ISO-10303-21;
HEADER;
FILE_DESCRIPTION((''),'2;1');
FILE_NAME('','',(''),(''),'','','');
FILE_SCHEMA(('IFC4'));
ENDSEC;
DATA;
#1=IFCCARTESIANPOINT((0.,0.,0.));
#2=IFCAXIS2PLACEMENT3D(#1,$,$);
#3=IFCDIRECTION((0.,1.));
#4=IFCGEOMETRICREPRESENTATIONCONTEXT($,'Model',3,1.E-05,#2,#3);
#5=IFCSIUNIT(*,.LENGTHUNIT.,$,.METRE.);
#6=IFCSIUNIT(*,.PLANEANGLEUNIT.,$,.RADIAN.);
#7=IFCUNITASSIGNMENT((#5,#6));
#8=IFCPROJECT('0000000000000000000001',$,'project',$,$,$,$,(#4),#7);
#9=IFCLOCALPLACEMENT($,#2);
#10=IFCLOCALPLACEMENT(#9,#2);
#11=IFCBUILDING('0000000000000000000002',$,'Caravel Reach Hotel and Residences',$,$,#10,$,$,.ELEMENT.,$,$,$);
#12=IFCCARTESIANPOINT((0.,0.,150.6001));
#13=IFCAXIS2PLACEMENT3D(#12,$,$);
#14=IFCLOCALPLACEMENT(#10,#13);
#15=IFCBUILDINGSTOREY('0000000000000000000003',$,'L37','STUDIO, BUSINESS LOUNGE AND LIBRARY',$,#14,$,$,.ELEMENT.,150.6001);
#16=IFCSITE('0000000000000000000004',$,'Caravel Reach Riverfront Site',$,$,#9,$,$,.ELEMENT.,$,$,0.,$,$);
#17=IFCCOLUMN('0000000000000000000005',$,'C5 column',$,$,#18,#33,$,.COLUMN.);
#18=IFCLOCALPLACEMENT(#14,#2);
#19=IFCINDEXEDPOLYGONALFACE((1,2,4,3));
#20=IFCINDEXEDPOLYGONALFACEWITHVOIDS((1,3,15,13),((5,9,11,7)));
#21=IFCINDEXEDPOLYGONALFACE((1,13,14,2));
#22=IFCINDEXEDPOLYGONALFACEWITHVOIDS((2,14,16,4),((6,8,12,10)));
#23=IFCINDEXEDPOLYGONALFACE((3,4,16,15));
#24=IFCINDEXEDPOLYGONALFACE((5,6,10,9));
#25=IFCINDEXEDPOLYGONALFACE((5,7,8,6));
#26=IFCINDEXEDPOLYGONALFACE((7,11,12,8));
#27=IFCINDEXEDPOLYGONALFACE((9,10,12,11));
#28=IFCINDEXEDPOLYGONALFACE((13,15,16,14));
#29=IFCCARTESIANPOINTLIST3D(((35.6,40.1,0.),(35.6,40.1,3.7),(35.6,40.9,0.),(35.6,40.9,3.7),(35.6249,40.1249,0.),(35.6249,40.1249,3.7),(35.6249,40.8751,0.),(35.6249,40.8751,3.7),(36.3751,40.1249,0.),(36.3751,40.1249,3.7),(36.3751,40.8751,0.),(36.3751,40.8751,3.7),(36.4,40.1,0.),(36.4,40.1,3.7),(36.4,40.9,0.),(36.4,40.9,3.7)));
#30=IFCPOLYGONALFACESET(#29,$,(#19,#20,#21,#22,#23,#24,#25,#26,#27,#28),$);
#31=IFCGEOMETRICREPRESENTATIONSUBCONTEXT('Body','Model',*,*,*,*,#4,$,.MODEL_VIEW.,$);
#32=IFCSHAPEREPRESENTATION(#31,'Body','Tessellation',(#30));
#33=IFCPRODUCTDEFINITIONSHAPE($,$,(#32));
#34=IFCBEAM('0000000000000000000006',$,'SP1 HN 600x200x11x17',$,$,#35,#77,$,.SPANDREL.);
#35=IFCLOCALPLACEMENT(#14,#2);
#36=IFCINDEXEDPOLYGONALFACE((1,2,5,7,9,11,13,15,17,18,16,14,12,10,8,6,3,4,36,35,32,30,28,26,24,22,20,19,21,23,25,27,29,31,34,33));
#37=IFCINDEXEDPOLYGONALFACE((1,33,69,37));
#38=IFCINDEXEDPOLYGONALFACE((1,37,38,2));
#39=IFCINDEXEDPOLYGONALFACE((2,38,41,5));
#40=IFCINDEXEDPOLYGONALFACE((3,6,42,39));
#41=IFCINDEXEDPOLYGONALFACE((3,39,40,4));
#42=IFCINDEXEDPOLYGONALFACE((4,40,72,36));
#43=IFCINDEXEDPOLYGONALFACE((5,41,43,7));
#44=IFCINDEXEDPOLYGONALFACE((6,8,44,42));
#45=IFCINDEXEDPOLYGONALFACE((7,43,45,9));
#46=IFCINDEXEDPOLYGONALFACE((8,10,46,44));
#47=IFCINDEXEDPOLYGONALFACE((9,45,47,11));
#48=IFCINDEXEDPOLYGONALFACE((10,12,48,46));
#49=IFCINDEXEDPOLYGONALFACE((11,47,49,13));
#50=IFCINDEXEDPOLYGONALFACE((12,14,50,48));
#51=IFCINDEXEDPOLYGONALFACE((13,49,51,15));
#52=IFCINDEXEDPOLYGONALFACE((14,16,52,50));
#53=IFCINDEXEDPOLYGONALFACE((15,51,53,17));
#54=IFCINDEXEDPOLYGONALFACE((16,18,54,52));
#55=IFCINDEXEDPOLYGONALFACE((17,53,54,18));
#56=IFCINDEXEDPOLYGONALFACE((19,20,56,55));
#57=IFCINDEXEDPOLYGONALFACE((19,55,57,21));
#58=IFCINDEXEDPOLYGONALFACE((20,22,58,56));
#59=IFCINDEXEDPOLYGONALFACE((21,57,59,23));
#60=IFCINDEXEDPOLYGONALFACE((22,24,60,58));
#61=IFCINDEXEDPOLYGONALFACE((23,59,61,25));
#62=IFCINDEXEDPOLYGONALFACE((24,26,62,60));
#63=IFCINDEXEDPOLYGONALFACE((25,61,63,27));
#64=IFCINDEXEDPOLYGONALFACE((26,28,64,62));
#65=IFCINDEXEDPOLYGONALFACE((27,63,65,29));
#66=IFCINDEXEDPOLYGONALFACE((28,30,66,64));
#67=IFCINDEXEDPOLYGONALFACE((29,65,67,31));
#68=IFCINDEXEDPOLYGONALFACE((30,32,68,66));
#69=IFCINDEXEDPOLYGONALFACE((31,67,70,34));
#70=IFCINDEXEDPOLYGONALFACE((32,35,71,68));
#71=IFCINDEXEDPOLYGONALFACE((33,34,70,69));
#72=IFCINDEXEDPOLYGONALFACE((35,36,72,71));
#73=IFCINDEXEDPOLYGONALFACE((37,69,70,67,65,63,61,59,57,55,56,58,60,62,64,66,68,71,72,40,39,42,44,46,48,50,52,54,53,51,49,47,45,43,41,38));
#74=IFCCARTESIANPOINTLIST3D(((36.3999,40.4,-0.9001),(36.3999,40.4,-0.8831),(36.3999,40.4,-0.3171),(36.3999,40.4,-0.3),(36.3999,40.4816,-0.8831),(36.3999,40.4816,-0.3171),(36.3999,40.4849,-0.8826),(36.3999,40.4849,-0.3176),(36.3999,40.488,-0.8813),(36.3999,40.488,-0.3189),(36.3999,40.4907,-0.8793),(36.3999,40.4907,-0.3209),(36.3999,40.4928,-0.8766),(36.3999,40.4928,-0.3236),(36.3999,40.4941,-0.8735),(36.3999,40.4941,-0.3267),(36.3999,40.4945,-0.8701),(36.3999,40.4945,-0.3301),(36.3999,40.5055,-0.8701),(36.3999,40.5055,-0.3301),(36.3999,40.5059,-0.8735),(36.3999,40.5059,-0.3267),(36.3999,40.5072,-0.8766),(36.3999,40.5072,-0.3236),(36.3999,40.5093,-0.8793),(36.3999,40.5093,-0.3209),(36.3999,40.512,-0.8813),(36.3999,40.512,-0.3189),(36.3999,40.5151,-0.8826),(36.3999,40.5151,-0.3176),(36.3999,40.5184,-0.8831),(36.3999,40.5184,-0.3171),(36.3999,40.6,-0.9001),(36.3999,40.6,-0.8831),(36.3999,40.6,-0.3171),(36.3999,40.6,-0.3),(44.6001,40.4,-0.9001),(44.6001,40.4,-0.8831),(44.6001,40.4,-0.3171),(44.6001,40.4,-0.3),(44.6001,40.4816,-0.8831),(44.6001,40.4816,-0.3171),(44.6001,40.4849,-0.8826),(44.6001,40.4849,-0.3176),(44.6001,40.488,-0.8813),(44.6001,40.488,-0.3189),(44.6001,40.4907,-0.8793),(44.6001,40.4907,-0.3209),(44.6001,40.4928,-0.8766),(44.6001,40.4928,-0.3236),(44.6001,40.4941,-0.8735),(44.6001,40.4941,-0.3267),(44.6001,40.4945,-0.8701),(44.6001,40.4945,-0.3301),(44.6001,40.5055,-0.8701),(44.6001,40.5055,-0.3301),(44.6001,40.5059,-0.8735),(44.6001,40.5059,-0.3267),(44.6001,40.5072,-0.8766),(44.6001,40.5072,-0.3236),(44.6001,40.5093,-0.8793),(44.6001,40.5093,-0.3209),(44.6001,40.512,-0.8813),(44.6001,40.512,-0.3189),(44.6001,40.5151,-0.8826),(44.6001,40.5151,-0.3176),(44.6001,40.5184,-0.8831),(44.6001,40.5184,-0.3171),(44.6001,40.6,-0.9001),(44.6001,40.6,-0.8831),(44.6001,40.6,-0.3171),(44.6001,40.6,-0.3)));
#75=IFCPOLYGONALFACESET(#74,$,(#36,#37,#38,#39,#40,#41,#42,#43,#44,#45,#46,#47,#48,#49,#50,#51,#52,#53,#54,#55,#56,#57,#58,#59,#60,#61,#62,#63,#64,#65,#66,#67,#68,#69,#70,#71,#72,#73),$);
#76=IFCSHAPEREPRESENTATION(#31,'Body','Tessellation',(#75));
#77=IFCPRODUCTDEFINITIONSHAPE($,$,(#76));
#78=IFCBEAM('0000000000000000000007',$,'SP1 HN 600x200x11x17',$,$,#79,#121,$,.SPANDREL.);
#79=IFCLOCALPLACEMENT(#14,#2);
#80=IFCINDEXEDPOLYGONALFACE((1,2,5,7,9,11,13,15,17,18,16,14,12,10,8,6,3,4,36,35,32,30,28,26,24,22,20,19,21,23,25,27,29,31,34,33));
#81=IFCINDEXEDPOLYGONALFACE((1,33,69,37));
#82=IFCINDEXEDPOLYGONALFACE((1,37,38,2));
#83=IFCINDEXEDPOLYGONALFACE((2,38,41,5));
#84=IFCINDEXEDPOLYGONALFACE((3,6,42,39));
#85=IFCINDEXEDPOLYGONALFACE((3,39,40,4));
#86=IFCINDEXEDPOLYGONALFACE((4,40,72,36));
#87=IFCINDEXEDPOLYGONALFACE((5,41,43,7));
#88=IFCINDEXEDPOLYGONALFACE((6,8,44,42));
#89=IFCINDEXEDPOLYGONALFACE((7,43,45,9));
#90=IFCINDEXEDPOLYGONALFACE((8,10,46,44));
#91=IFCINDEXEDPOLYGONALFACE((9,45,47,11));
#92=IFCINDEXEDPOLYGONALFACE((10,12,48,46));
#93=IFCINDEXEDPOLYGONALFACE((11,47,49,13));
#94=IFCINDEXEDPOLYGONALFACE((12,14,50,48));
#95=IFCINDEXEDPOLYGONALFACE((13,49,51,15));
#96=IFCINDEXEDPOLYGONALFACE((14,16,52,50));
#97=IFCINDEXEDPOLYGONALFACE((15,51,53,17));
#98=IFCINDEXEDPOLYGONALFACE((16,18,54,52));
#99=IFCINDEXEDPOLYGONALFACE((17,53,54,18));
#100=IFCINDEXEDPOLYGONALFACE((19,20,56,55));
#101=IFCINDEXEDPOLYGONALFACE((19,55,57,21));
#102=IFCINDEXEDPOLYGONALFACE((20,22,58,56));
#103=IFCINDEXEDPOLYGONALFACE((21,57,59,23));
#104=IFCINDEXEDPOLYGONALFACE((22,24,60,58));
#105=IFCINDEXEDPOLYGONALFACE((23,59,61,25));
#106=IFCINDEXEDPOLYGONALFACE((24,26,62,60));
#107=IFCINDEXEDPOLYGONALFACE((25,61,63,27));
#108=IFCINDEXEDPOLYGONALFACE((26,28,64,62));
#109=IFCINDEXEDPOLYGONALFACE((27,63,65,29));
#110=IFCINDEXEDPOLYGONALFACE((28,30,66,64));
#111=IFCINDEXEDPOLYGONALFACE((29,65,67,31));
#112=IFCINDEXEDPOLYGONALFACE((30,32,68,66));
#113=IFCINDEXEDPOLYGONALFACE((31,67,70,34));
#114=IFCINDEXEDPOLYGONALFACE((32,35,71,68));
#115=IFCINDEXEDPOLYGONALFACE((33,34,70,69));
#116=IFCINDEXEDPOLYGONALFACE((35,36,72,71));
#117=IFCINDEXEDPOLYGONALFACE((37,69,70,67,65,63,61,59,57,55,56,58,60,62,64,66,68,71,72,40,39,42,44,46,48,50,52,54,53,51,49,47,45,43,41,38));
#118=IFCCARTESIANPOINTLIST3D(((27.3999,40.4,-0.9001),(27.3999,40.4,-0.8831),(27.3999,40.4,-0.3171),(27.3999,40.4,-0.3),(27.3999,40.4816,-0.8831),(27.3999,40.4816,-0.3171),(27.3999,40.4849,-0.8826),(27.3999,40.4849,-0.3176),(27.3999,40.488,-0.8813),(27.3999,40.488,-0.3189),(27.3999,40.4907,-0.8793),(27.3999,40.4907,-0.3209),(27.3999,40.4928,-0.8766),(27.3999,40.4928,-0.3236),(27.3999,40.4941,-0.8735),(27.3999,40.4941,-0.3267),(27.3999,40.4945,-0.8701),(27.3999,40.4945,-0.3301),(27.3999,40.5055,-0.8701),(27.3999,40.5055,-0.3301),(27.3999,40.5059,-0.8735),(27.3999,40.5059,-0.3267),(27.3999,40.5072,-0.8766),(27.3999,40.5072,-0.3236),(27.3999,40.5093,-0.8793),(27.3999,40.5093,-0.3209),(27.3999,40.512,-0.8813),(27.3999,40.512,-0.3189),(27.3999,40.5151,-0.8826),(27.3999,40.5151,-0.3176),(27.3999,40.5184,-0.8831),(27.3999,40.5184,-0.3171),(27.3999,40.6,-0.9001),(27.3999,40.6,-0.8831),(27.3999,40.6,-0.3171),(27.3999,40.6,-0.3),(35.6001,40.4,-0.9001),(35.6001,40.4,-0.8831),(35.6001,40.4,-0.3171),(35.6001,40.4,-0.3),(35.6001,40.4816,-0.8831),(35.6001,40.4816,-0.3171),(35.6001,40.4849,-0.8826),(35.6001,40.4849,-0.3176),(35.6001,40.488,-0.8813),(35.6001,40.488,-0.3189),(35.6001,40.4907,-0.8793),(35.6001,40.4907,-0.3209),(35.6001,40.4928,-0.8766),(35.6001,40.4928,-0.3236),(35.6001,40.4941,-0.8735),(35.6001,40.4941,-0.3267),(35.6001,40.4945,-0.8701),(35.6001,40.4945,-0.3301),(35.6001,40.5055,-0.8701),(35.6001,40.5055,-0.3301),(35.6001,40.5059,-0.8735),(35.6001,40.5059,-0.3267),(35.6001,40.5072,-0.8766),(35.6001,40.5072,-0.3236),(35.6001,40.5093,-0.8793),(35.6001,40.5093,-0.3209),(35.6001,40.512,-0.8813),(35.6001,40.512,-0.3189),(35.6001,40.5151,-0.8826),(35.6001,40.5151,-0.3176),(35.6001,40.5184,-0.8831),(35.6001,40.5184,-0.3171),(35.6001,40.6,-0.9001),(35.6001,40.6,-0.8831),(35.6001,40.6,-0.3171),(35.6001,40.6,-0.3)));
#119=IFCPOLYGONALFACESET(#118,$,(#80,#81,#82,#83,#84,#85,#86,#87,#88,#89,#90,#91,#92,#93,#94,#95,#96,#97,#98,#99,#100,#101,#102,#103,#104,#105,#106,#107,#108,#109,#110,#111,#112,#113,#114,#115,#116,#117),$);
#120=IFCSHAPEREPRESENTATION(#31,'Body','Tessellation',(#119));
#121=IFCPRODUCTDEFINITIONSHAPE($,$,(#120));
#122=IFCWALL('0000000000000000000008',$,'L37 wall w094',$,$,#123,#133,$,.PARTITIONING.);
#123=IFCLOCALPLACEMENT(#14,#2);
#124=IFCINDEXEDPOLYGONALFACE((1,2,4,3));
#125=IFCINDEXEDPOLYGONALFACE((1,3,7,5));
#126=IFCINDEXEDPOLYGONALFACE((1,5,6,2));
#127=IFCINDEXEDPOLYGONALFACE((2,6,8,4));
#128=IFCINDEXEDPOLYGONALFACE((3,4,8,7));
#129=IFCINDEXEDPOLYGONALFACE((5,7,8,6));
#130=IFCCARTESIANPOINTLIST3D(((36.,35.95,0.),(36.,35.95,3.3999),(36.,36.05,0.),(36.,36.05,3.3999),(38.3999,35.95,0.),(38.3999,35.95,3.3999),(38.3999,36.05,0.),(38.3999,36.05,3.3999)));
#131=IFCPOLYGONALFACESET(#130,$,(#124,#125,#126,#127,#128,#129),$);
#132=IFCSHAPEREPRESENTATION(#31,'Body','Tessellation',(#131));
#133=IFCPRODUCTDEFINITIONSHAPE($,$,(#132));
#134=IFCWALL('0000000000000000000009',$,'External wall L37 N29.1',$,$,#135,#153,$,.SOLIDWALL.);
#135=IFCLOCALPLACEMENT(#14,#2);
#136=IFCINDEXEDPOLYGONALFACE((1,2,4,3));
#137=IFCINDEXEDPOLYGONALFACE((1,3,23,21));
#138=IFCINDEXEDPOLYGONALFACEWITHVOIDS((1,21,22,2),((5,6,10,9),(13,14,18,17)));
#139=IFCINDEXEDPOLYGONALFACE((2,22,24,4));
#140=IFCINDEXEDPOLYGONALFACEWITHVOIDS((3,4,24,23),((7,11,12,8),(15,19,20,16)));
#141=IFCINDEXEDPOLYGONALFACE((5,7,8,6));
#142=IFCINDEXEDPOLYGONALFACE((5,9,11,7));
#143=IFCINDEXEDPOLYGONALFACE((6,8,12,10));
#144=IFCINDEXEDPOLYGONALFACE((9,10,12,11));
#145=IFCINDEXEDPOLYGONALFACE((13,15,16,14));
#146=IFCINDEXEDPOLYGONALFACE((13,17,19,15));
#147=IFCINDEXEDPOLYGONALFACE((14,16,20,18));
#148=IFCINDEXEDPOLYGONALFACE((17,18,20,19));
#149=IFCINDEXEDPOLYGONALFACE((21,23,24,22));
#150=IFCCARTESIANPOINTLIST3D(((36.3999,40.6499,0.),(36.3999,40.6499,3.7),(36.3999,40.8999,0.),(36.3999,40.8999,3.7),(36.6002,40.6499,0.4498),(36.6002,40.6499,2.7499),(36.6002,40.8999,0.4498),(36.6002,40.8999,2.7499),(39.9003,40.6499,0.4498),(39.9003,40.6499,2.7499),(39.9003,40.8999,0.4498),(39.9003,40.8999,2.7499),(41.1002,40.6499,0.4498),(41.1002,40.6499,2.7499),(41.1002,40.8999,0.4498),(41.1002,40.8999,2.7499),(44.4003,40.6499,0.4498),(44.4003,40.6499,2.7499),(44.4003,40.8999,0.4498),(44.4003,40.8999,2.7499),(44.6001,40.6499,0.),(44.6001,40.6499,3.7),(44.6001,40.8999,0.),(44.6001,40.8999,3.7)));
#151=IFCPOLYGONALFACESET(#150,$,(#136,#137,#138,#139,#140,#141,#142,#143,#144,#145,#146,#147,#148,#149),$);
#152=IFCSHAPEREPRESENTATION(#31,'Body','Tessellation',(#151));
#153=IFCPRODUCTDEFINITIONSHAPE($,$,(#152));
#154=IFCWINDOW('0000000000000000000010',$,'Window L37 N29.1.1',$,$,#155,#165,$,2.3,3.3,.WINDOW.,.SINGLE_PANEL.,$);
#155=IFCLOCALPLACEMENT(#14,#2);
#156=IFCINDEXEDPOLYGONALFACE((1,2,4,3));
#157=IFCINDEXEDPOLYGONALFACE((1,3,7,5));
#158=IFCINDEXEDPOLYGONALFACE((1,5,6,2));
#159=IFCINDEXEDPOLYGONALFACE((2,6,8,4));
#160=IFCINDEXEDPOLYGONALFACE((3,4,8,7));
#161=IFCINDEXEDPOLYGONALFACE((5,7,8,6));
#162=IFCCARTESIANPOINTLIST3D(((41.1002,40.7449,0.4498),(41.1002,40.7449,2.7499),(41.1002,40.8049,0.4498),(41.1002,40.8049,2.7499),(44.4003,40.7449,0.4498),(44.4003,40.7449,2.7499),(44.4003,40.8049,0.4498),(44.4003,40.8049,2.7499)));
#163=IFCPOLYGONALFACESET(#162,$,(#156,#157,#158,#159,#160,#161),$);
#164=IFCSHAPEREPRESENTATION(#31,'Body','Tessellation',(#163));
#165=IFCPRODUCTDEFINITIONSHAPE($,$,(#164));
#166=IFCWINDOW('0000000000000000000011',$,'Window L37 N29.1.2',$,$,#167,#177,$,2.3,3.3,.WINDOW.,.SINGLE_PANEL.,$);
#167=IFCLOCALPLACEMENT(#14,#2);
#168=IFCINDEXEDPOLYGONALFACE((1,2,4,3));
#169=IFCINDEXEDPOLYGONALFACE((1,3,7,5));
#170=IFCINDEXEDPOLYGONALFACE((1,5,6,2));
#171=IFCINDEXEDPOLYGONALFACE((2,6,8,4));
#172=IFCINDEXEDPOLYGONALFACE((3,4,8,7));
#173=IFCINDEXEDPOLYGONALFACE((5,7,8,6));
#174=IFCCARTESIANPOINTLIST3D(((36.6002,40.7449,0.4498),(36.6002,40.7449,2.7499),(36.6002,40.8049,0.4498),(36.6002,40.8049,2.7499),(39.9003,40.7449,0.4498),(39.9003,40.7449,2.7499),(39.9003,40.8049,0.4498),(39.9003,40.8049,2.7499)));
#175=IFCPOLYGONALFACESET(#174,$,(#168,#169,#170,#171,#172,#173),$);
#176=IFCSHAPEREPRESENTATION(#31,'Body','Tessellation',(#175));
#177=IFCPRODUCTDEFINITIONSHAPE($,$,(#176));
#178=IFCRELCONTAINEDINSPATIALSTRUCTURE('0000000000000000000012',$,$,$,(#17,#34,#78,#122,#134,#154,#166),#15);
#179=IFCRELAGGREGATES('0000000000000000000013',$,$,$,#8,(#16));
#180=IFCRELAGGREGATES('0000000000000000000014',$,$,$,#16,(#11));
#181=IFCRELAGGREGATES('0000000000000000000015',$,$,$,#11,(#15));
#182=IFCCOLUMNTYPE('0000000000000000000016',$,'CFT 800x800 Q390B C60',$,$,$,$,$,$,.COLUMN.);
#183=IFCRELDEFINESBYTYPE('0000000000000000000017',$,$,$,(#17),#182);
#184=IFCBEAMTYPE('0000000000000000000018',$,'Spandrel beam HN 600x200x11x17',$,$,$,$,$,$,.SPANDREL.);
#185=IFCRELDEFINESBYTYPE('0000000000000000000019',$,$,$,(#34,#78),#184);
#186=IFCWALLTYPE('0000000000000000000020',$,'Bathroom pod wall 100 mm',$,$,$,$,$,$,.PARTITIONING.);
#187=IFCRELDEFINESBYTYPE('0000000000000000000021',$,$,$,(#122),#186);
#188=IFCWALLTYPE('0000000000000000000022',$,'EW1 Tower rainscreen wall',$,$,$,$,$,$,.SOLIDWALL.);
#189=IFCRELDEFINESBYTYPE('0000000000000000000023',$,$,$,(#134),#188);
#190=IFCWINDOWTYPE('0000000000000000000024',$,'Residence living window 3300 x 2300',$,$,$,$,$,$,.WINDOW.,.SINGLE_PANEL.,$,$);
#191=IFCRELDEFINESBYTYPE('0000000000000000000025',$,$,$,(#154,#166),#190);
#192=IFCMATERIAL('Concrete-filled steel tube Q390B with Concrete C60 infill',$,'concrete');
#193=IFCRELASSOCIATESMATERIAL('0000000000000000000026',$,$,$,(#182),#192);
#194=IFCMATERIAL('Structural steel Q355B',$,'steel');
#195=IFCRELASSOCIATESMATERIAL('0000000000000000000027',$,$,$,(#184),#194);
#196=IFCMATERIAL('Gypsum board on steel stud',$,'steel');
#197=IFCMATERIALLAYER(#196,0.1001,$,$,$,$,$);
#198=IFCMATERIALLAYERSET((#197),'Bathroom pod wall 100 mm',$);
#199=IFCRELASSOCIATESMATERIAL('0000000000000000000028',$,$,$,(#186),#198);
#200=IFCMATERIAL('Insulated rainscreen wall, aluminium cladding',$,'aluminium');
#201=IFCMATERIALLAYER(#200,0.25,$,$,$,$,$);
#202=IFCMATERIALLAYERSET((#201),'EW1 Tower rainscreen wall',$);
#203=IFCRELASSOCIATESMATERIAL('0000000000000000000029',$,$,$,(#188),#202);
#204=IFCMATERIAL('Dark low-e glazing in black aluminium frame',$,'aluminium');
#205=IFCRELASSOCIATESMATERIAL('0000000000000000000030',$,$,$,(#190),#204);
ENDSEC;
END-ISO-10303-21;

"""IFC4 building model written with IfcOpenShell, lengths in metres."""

from ifc_helpers import new_model, si_unit, direction, frame, frame_2d, origin, origin_2d, place, context, subcontext, project, spatial, rectangle, hollow_rectangle, i_section, extrude, material, layer, layer_set, material_profile, profile_set, type_object, element, fill, save


model = new_model("IFC4")

# Units and contexts
model_context = context("Model", 3, precision=1e-05, world=origin(), true_north=direction((0.0, 1.0)))
body_context = subcontext(model_context, "Body", "Model", "MODEL_VIEW")
ifc_project = project(units=[si_unit("LENGTHUNIT", "METRE"), si_unit("PLANEANGLEUNIT", "RADIAN")], contexts=[model_context])

# Site, building, storey
site_placement = place(None, origin())
site = spatial("IfcSite", under=ifc_project, at=site_placement, Name="Caravel Reach Riverfront Site", CompositionType="ELEMENT", RefElevation=0.0)
building_placement = place(site_placement, origin())
building = spatial("IfcBuilding", under=site, at=building_placement, Name="Caravel Reach Hotel and Residences", CompositionType="ELEMENT")
storey_placement = place(building_placement, frame((0.0, 0.0, 150.6001)))
storey = spatial("IfcBuildingStorey", under=building, at=storey_placement, Name="L37", Description="STUDIO, BUSINESS LOUNGE AND LIBRARY", CompositionType="ELEMENT", Elevation=150.6001)

# Column
ifc_material_1 = material(Name="Concrete-filled steel tube Q390B with Concrete C60 infill", Category="concrete")
ifc_material_profile_1 = material_profile(ifc_material_1, hollow_rectangle(XDim=0.8, YDim=0.8, WallThickness=0.0249, at=origin_2d()), Name="RHS 800x800x25")
ifc_profile_set_1 = profile_set([ifc_material_profile_1], Name="Concrete-filled steel tube Q390B with Concrete C60 infill")
column_type = type_object("IfcColumnType", Name="CFT 800x800 Q390B C60", PredefinedType="COLUMN", material=ifc_profile_set_1)
column_placement = place(storey_placement, frame((36.0, 40.5, 0.0), z_axis=(0.0, 0.0, 1.0), x_axis=(1.0, 0.0, 0.0)))
element("IfcColumn", 1, at=column_placement, inside=storey, type_object=column_type, Name="C5 column", PredefinedType="COLUMN", context=body_context, shape_type="SweptSolid", body=[
    extrude(hollow_rectangle(XDim=0.8, YDim=0.8, WallThickness=0.0249, at=origin_2d()), origin(), (0.0, 0.0, 1.0), 3.7),
])

# Beams
ifc_material_2 = material(Name="Structural steel Q355B", Category="steel")
ifc_material_profile_2 = material_profile(ifc_material_2, i_section(OverallWidth=0.2, OverallDepth=0.6001, WebThickness=0.011, FlangeThickness=0.0171, FilletRadius=0.0129, at=origin_2d()), Name="HN 600x200x11x17")
ifc_profile_set_2 = profile_set([ifc_material_profile_2], Name="Structural steel Q355B")
beam_type = type_object("IfcBeamType", Name="Spandrel beam HN 600x200x11x17", PredefinedType="SPANDREL", material=ifc_profile_set_2)
for number, where, z_axis, x_axis, name in (
    (2, (44.6001, 40.5, -0.6001), (-1.0, 0.0, 0.0), (0.0, -1.0, 0.0), "SP1 HN 600x200x11x17"),
    (3, (35.6001, 40.5, -0.6001), (-1.0, 0.0, 0.0), (0.0, -1.0, 0.0), "SP1 HN 600x200x11x17"),
):
    element("IfcBeam", number, at=place(storey_placement, frame(where, z_axis=z_axis, x_axis=x_axis)), inside=storey, type_object=beam_type, Name=name, PredefinedType="SPANDREL", context=body_context, shape_type="SweptSolid", body=[
        extrude(i_section(OverallWidth=0.2, OverallDepth=0.6001, WebThickness=0.011, FlangeThickness=0.0171, FilletRadius=0.0129, at=origin_2d()), origin(), (0.0, 0.0, 1.0), 8.2002),
    ])

# Wall
ifc_material_3 = material(Name="Gypsum board on steel stud", Category="steel")
ifc_layer_1 = layer(ifc_material_3, 0.1001)
ifc_layer_set_1 = layer_set([ifc_layer_1], Name="Bathroom pod wall 100 mm")
wall_type_1 = type_object("IfcWallType", Name="Bathroom pod wall 100 mm", PredefinedType="PARTITIONING", material=ifc_layer_set_1)
wall_1_placement = place(storey_placement, frame((36.0, 36.0, 0.0), z_axis=(0.0, 0.0, 1.0), x_axis=(1.0, 0.0, 0.0)))
element("IfcWall", 4, at=wall_1_placement, inside=storey, type_object=wall_type_1, Name="L37 wall w094", PredefinedType="PARTITIONING", context=body_context, shape_type="SweptSolid", body=[
    extrude(rectangle(XDim=2.3999, YDim=0.1001, at=frame_2d((1.2, 0.0))), origin(), (0.0, 0.0, 1.0), 3.3999),
])

# Wall, openings, windows
ifc_material_4 = material(Name="Insulated rainscreen wall, aluminium cladding", Category="aluminium")
ifc_layer_2 = layer(ifc_material_4, 0.25)
ifc_layer_set_2 = layer_set([ifc_layer_2], Name="EW1 Tower rainscreen wall")
wall_type_2 = type_object("IfcWallType", Name="EW1 Tower rainscreen wall", PredefinedType="SOLIDWALL", material=ifc_layer_set_2)
wall_2_placement = place(storey_placement, frame((44.6001, 40.7749, 0.0), z_axis=(0.0, 0.0, 1.0), x_axis=(-1.0, 0.0, 0.0)))
wall_2 = element("IfcWall", 5, at=wall_2_placement, inside=storey, type_object=wall_type_2, Name="External wall L37 N29.1", PredefinedType="SOLIDWALL", context=body_context, shape_type="SweptSolid", body=[
    extrude(rectangle(XDim=8.2002, YDim=0.25, at=frame_2d((4.1001, 0.0))), origin(), (0.0, 0.0, 1.0), 3.7),
])
opening_1_placement = place(wall_2_placement, frame((0.2, 0.0, 0.45)))
opening_1 = element("IfcOpeningElement", 6, at=opening_1_placement, cuts=wall_2, PredefinedType="OPENING", context=body_context, shape_type="SweptSolid", body=[
    extrude(rectangle(XDim=3.3, YDim=2.3, at=frame_2d((1.6499, 1.1499))), frame((0.0, 0.135, 0.0), z_axis=(0.0, -1.0, 0.0), x_axis=(1.0, 0.0, 0.0)), (0.0, 0.0, 1.0), 0.27),
])
opening_2_placement = place(wall_2_placement, frame((4.7, 0.0, 0.45)))
opening_2 = element("IfcOpeningElement", 7, at=opening_2_placement, cuts=wall_2, PredefinedType="OPENING", context=body_context, shape_type="SweptSolid", body=[
    extrude(rectangle(XDim=3.3, YDim=2.3, at=frame_2d((1.6499, 1.1499))), frame((0.0, 0.135, 0.0), z_axis=(0.0, -1.0, 0.0), x_axis=(1.0, 0.0, 0.0)), (0.0, 0.0, 1.0), 0.27),
])
ifc_material_5 = material(Name="Dark low-e glazing in black aluminium frame", Category="aluminium")
window_type = type_object("IfcWindowType", Name="Residence living window 3300 x 2300", PartitioningType="SINGLE_PANEL", PredefinedType="WINDOW", material=ifc_material_5)
window_1_placement = place(opening_1_placement, origin())
window_1 = element("IfcWindow", 8, at=window_1_placement, inside=storey, type_object=window_type, Name="Window L37 N29.1.1", OverallHeight=2.3, OverallWidth=3.3, PartitioningType="SINGLE_PANEL", PredefinedType="WINDOW", context=body_context, shape_type="SweptSolid", body=[
    extrude(rectangle(XDim=3.3, YDim=2.3, at=frame_2d((1.6499, 1.1499))), frame((0.0, 0.03, 0.0), z_axis=(0.0, -1.0, 0.0), x_axis=(1.0, 0.0, 0.0)), (0.0, 0.0, 1.0), 0.0601),
])
fill(opening_1, window_1)
window_2_placement = place(opening_2_placement, origin())
window_2 = element("IfcWindow", 9, at=window_2_placement, inside=storey, type_object=window_type, Name="Window L37 N29.1.2", OverallHeight=2.3, OverallWidth=3.3, PartitioningType="SINGLE_PANEL", PredefinedType="WINDOW", context=body_context, shape_type="SweptSolid", body=[
    extrude(rectangle(XDim=3.3, YDim=2.3, at=frame_2d((1.6499, 1.1499))), frame((0.0, 0.03, 0.0), z_axis=(0.0, -1.0, 0.0), x_axis=(1.0, 0.0, 0.0)), (0.0, 0.0, 1.0), 0.0601),
])
fill(opening_2, window_2)

save(model, "model.ifc")
